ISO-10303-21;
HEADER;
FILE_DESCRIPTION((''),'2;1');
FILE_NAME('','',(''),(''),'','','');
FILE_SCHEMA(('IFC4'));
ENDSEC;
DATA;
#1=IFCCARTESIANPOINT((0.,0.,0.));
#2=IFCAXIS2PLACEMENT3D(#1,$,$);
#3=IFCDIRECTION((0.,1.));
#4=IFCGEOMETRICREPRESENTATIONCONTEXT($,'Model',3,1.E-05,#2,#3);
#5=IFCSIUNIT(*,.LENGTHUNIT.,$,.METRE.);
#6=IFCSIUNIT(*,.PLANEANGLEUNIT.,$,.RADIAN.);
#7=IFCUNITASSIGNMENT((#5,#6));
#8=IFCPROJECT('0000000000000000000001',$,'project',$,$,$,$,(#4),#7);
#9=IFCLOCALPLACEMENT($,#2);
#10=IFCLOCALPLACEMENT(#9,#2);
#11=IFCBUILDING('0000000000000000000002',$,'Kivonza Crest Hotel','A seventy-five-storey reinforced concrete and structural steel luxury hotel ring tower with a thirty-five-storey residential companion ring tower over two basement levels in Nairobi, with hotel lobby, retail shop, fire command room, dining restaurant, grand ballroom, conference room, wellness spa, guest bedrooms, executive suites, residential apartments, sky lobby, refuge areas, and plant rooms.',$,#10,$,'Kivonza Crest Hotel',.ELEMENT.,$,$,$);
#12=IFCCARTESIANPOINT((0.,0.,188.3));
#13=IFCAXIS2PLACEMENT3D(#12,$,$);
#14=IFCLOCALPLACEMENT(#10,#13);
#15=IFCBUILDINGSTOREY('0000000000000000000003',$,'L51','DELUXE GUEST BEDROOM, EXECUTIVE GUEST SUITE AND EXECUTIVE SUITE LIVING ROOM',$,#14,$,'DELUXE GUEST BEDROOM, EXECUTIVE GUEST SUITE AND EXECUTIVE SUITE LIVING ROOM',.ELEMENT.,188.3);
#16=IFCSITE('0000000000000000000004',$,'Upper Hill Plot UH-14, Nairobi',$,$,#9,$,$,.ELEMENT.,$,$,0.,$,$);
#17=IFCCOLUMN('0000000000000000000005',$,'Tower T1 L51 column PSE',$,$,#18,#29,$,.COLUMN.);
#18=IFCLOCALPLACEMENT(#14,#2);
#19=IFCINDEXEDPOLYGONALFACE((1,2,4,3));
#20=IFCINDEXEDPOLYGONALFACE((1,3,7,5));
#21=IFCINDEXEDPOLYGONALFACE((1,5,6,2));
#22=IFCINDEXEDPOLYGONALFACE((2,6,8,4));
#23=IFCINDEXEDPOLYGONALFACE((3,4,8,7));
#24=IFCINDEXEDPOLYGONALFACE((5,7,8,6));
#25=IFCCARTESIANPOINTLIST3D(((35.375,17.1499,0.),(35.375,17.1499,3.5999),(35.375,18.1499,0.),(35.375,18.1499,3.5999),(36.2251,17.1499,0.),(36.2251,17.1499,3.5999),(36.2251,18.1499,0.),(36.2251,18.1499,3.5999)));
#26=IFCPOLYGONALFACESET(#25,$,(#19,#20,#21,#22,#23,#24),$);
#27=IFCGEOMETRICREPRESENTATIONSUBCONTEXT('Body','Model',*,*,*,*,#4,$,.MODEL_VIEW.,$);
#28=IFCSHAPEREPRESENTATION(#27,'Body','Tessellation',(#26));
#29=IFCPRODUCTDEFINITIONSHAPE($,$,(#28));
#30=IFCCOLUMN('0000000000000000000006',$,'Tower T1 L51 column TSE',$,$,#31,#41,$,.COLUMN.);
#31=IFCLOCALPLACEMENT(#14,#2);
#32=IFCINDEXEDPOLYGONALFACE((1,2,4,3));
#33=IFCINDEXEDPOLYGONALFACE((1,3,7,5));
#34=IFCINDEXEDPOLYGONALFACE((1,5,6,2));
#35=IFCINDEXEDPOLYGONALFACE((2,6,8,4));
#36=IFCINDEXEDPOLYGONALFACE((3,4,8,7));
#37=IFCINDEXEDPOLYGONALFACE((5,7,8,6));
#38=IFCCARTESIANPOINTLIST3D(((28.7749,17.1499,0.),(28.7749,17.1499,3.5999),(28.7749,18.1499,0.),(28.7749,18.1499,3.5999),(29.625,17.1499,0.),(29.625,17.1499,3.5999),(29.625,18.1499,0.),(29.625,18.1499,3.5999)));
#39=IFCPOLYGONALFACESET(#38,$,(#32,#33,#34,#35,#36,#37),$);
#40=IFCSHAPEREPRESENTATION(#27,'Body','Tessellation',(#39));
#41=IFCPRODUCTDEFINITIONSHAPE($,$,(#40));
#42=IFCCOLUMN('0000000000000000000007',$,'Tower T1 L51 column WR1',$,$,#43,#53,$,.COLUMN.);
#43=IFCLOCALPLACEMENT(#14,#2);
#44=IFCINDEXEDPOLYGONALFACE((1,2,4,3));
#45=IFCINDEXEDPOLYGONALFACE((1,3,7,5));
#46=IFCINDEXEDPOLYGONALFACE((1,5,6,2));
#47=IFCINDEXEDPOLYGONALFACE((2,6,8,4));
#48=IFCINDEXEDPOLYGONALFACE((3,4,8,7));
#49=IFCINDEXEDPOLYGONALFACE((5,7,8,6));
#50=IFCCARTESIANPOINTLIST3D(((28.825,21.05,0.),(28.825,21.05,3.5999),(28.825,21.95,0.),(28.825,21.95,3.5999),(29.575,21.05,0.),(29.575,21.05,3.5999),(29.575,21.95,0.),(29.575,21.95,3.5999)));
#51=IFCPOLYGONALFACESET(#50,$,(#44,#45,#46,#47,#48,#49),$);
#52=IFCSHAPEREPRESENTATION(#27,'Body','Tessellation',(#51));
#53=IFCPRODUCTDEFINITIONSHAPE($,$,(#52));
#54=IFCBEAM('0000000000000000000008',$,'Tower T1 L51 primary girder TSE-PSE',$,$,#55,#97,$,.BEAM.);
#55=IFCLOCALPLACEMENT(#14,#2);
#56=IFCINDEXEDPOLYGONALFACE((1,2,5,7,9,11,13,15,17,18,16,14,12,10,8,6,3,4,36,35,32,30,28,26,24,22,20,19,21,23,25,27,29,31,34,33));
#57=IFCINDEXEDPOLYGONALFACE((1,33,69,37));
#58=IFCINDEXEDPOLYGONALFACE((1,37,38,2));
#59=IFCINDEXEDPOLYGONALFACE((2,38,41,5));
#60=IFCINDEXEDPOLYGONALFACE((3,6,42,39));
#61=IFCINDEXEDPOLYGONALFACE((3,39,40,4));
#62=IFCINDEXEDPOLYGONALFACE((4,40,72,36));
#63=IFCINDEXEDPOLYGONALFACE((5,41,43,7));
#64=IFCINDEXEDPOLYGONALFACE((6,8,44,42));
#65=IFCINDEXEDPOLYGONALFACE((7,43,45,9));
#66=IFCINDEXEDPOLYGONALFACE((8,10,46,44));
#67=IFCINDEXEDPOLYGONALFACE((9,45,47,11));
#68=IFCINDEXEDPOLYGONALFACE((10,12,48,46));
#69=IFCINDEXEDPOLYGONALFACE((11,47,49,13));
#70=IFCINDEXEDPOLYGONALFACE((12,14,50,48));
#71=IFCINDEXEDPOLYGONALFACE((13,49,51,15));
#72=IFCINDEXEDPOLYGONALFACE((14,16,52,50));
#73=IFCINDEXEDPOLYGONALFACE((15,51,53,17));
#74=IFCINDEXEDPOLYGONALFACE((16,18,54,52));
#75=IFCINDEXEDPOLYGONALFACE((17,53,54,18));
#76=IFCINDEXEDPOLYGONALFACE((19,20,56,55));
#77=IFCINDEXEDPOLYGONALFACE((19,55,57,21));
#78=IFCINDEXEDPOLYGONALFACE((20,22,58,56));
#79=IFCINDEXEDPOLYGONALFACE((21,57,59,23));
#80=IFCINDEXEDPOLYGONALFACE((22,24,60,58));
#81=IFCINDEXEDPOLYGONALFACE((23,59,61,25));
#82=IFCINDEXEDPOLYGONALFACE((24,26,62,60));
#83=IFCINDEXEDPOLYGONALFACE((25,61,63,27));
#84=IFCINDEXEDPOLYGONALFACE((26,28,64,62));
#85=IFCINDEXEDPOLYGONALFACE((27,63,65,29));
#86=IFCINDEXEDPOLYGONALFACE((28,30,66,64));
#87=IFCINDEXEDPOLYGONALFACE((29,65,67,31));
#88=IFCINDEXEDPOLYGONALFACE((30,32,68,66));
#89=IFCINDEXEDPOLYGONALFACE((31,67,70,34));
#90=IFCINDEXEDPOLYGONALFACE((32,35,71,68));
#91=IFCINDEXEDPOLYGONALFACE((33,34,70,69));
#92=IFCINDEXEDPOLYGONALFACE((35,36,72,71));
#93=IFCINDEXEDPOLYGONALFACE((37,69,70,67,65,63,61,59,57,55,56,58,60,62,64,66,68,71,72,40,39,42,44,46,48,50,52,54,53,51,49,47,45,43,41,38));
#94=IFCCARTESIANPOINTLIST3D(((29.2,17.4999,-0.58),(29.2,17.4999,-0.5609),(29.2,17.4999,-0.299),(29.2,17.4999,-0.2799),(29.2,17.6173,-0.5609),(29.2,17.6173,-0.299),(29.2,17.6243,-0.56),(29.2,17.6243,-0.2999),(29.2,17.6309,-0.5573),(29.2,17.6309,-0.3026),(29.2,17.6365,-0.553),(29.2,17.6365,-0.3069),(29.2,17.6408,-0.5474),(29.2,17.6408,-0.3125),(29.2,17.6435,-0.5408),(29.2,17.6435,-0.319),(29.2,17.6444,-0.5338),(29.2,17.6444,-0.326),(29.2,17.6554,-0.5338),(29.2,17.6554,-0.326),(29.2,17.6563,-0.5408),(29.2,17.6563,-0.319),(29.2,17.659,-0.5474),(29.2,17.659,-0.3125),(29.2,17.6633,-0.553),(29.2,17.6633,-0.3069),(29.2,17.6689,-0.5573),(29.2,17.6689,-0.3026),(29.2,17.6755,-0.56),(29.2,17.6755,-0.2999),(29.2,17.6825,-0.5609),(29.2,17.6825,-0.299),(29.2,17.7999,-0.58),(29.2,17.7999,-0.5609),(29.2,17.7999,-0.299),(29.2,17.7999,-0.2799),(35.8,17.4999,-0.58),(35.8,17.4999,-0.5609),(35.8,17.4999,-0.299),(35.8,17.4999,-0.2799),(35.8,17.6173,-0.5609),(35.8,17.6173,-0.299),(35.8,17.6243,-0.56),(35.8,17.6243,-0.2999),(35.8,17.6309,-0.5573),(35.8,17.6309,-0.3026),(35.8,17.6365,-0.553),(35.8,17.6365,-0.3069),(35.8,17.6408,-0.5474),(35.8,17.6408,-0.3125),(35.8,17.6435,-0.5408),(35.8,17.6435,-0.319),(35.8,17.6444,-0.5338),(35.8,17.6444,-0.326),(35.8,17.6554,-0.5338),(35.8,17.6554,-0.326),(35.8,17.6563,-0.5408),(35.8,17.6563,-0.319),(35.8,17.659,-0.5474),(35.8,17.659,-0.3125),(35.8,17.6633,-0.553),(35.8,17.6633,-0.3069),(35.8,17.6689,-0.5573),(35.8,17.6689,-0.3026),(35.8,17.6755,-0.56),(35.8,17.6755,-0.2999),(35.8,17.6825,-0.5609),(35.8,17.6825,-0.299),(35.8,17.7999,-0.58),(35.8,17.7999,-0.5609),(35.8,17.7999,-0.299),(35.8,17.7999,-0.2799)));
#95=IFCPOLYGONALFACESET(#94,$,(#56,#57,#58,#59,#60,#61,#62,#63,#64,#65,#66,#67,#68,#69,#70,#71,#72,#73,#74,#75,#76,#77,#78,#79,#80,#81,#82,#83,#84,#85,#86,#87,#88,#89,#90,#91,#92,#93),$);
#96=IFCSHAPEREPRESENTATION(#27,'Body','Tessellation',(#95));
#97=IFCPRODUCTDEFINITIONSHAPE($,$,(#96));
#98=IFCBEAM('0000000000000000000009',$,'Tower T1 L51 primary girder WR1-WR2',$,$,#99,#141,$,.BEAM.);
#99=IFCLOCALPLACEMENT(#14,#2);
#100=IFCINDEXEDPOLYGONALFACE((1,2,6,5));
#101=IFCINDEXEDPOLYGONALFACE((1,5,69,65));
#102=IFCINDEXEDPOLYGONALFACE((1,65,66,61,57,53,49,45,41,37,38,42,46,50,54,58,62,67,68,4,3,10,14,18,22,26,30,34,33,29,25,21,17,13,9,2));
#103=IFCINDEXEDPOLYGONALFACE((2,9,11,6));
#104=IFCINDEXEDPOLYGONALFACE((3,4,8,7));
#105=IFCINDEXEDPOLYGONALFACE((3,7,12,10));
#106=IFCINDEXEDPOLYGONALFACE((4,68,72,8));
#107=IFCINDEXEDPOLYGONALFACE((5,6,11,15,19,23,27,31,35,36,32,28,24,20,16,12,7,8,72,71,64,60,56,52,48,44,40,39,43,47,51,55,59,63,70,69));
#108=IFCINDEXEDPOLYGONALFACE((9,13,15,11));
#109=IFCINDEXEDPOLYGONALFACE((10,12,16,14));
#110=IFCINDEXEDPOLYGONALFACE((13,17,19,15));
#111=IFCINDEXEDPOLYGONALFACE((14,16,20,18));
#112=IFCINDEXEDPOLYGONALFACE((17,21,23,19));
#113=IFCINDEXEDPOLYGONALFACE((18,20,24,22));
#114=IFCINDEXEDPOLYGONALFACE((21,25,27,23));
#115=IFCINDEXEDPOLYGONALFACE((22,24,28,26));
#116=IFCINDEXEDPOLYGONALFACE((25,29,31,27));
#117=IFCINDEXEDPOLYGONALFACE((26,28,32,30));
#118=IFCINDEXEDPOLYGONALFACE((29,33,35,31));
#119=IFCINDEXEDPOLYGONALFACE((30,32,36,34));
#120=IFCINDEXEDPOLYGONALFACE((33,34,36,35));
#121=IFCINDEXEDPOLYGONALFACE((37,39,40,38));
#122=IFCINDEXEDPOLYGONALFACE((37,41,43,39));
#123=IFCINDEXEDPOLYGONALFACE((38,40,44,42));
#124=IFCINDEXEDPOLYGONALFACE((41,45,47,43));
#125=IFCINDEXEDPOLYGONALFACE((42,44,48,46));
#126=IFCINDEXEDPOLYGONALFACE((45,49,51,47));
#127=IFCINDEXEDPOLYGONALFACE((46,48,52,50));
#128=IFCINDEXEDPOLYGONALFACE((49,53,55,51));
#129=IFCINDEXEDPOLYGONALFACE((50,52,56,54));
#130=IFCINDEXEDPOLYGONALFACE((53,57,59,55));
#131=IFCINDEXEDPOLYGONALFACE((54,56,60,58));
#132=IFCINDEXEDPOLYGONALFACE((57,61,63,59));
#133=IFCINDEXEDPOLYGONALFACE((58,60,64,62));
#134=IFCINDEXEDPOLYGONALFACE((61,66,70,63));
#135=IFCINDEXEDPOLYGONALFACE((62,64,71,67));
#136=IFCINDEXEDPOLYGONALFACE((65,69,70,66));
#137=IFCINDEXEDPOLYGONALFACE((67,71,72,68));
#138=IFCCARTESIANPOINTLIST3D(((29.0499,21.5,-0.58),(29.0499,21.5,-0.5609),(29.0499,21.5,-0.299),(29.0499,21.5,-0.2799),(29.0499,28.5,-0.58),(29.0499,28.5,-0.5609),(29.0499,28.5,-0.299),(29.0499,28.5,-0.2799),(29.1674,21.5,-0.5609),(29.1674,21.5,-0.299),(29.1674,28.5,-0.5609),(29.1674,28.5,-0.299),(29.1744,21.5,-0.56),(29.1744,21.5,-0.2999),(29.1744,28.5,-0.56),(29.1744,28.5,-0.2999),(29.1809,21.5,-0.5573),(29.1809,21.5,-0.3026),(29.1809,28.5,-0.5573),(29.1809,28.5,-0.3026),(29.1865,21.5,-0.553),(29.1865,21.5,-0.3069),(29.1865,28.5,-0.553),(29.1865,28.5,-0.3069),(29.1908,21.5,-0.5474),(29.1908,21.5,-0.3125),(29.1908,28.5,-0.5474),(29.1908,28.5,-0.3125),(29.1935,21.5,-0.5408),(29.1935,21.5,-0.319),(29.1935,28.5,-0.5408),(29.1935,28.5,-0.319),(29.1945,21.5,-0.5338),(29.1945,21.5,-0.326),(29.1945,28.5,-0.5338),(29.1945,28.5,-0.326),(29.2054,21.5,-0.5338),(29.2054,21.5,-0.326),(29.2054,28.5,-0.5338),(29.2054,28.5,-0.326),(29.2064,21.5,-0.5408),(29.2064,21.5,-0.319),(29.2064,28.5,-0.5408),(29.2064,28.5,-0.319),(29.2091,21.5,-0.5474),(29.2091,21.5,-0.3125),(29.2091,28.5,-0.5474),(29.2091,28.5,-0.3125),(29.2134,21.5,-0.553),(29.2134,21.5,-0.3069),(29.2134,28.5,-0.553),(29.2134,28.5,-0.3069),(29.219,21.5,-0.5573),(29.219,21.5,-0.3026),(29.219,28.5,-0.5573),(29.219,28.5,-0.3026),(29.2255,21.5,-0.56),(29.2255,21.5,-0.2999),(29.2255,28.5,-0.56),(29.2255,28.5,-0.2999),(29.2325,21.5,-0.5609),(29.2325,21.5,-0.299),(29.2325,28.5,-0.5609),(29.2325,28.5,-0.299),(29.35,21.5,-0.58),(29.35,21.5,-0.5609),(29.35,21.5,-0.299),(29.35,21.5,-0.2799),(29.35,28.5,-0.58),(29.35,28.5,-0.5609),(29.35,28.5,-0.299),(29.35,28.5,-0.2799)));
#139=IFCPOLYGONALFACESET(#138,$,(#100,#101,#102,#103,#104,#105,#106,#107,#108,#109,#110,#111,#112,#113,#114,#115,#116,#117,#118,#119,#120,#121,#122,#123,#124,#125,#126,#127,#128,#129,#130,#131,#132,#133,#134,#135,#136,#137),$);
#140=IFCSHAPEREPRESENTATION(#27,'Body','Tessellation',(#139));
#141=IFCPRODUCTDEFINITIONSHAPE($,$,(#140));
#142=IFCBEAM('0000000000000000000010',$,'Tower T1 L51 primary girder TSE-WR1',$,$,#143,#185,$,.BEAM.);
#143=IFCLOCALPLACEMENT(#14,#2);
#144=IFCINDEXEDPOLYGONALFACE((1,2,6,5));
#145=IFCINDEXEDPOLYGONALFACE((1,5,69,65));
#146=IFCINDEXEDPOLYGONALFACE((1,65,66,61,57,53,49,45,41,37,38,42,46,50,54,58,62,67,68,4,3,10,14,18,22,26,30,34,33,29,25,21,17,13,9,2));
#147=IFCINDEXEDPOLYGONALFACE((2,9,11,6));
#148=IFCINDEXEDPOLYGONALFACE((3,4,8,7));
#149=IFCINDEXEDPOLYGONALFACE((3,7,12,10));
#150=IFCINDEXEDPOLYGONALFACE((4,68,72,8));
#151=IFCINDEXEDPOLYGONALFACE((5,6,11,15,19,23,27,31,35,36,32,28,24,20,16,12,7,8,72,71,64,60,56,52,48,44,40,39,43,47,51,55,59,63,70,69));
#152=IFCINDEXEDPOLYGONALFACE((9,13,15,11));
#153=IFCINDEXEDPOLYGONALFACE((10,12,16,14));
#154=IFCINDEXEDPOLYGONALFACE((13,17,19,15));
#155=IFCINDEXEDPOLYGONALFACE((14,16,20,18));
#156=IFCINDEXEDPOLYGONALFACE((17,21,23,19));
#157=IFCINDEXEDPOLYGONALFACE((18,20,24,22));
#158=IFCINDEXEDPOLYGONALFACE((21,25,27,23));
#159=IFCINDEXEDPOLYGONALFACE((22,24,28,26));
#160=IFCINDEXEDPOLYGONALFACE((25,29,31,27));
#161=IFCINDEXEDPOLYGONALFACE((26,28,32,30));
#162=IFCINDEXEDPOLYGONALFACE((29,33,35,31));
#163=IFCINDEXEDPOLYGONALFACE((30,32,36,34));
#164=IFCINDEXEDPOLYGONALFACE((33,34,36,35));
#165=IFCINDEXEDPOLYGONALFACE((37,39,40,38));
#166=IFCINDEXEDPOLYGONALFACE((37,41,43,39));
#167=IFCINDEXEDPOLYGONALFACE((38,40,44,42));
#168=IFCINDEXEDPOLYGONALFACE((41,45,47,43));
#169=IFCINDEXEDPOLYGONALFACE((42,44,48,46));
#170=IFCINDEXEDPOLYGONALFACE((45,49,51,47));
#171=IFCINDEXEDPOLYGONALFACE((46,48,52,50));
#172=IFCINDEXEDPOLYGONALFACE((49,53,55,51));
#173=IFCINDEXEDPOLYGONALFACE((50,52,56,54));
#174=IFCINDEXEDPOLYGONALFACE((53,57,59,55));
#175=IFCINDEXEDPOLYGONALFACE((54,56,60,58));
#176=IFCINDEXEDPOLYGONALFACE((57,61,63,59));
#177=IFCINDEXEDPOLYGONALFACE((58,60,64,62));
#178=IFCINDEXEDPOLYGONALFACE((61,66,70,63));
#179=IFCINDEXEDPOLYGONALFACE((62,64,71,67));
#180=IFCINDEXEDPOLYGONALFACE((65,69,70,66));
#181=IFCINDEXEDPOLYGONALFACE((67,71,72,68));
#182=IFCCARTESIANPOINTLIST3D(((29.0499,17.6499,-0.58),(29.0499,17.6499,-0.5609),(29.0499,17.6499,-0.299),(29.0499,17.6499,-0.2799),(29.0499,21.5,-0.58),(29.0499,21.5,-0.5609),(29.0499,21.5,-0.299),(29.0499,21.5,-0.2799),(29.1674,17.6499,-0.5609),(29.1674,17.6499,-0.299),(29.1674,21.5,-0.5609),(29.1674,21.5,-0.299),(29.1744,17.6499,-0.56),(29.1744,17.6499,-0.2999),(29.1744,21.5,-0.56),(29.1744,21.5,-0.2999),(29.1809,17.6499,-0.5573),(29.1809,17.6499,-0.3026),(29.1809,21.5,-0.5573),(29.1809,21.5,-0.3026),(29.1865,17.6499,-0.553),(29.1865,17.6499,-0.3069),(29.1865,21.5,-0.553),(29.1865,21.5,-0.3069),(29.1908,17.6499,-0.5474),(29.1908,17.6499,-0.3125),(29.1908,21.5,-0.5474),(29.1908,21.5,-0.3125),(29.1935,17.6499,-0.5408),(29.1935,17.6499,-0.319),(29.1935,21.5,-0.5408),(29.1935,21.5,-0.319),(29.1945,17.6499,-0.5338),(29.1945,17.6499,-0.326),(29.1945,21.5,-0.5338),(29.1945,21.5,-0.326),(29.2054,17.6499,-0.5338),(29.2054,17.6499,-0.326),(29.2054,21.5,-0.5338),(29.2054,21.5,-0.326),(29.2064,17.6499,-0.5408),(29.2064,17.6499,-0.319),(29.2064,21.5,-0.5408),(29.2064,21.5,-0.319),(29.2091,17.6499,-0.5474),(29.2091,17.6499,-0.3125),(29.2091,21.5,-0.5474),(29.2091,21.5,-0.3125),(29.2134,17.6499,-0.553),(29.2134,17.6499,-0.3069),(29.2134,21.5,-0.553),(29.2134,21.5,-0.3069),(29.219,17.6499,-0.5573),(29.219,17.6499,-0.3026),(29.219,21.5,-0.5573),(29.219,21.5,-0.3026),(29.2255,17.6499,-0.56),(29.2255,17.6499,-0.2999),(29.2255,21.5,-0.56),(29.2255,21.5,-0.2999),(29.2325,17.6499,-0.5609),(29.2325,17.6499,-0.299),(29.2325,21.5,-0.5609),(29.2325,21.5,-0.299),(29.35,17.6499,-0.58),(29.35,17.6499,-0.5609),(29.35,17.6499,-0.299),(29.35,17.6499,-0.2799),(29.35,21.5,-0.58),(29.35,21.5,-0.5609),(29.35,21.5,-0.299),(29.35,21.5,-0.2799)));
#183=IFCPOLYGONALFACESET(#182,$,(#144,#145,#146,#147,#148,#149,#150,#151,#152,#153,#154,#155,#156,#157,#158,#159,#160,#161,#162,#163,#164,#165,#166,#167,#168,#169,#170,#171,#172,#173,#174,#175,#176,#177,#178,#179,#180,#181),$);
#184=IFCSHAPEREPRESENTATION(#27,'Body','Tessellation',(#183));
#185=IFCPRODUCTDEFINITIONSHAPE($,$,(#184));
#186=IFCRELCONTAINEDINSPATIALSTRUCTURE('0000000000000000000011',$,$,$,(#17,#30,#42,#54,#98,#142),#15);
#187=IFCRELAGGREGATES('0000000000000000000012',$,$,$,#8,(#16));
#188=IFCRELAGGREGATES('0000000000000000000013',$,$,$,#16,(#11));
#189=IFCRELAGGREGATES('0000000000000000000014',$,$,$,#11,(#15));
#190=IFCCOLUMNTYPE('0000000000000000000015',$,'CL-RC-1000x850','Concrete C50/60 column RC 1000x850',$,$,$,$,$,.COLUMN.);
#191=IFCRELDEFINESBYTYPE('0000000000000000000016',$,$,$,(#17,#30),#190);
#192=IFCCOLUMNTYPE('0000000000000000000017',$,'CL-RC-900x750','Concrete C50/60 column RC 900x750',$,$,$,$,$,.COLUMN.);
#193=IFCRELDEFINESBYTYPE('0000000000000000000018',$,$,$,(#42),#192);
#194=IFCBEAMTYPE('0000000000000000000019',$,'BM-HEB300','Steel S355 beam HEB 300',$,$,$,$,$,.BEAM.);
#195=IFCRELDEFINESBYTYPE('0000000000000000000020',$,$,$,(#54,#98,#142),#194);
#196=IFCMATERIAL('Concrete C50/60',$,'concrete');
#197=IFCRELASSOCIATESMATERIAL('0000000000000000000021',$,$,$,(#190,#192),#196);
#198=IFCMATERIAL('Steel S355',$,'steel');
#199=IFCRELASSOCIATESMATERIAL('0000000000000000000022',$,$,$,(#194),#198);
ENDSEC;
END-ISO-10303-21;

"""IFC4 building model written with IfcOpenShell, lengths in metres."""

from ifc_helpers import new_model, si_unit, direction, frame, origin, origin_2d, place, context, subcontext, project, spatial, rectangle, i_section, extrude, material, material_profile, profile_set, type_object, element, save


model = new_model("IFC4")

# Units and contexts
model_context = context("Model", 3, precision=1e-05, world=origin(), true_north=direction((0.0, 1.0)))
body_context = subcontext(model_context, "Body", "Model", "MODEL_VIEW")
ifc_project = project(units=[si_unit("LENGTHUNIT", "METRE"), si_unit("PLANEANGLEUNIT", "RADIAN")], contexts=[model_context])

# Site, building, storey
site_placement = place(None, origin())
site = spatial("IfcSite", under=ifc_project, at=site_placement, Name="Upper Hill Plot UH-14, Nairobi", CompositionType="ELEMENT", RefElevation=0.0)
building_placement = place(site_placement, origin())
building = spatial("IfcBuilding", under=site, at=building_placement, Name="Kivonza Crest Hotel", Description="A seventy-five-storey reinforced concrete and structural steel luxury hotel ring tower with a thirty-five-storey residential companion ring tower over two basement levels in Nairobi, with hotel lobby, retail shop, fire command room, dining restaurant, grand ballroom, conference room, wellness spa, guest bedrooms, executive suites, residential apartments, sky lobby, refuge areas, and plant rooms.", LongName="Kivonza Crest Hotel", CompositionType="ELEMENT")
storey_placement = place(building_placement, frame((0.0, 0.0, 188.3)))
storey = spatial("IfcBuildingStorey", under=building, at=storey_placement, Name="L51", Description="DELUXE GUEST BEDROOM, EXECUTIVE GUEST SUITE AND EXECUTIVE SUITE LIVING ROOM", LongName="DELUXE GUEST BEDROOM, EXECUTIVE GUEST SUITE AND EXECUTIVE SUITE LIVING ROOM", CompositionType="ELEMENT", Elevation=188.3)

# Columns
ifc_material_1 = material(Name="Concrete C50/60", Category="concrete")
ifc_material_profile_1 = material_profile(ifc_material_1, rectangle(XDim=0.8501, YDim=1.0, at=origin_2d()), Name="RC 1000x850")
ifc_profile_set_1 = profile_set([ifc_material_profile_1], Name="Concrete C50/60")
column_type_1 = type_object("IfcColumnType", Name="CL-RC-1000x850", Description="Concrete C50/60 column RC 1000x850", PredefinedType="COLUMN", material=ifc_profile_set_1)
for number, where, z_axis, x_axis, name in (
    (1, (35.8, 17.6499, 0.0), (0.0, 0.0, 1.0), (1.0, 0.0, 0.0), "Tower T1 L51 column PSE"),
    (2, (29.2, 17.6499, 0.0), (0.0, 0.0, 1.0), (1.0, 0.0, 0.0), "Tower T1 L51 column TSE"),
):
    element("IfcColumn", number, at=place(storey_placement, frame(where, z_axis=z_axis, x_axis=x_axis)), inside=storey, type_object=column_type_1, Name=name, PredefinedType="COLUMN", context=body_context, shape_type="SweptSolid", body=[
        extrude(rectangle(XDim=0.8501, YDim=1.0, at=origin_2d()), origin(), (0.0, 0.0, 1.0), 3.5999),
    ])
ifc_material_profile_2 = material_profile(ifc_material_1, rectangle(XDim=0.75, YDim=0.8999, at=origin_2d()), Name="RC 900x750")
ifc_profile_set_2 = profile_set([ifc_material_profile_2], Name="Concrete C50/60")
column_type_2 = type_object("IfcColumnType", Name="CL-RC-900x750", Description="Concrete C50/60 column RC 900x750", PredefinedType="COLUMN", material=ifc_profile_set_2)
column_placement = place(storey_placement, frame((29.2, 21.5, 0.0), z_axis=(0.0, 0.0, 1.0), x_axis=(1.0, 0.0, 0.0)))
element("IfcColumn", 3, at=column_placement, inside=storey, type_object=column_type_2, Name="Tower T1 L51 column WR1", PredefinedType="COLUMN", context=body_context, shape_type="SweptSolid", body=[
    extrude(rectangle(XDim=0.75, YDim=0.8999, at=origin_2d()), origin(), (0.0, 0.0, 1.0), 3.5999),
])

# Beams
ifc_material_2 = material(Name="Steel S355", Category="steel")
ifc_material_profile_3 = material_profile(ifc_material_2, i_section(OverallWidth=0.3, OverallDepth=0.3, WebThickness=0.011, FlangeThickness=0.019, FilletRadius=0.0271, at=origin_2d()), Name="HEB 300")
ifc_profile_set_3 = profile_set([ifc_material_profile_3], Name="Steel S355")
beam_type = type_object("IfcBeamType", Name="BM-HEB300", Description="Steel S355 beam HEB 300", PredefinedType="BEAM", material=ifc_profile_set_3)
beam_1_placement = place(storey_placement, frame((29.2, 17.6499, -0.4299), z_axis=(1.0, 0.0, 0.0), x_axis=(0.0, 1.0, 0.0)))
element("IfcBeam", 4, at=beam_1_placement, inside=storey, type_object=beam_type, Name="Tower T1 L51 primary girder TSE-PSE", PredefinedType="BEAM", context=body_context, shape_type="SweptSolid", body=[
    extrude(i_section(OverallWidth=0.3, OverallDepth=0.3, WebThickness=0.011, FlangeThickness=0.019, FilletRadius=0.0271, at=origin_2d()), origin(), (0.0, 0.0, 1.0), 6.6001),
])
beam_2_placement = place(storey_placement, frame((29.2, 21.5, -0.4299), z_axis=(0.0, 1.0, 0.0), x_axis=(-1.0, 0.0, 0.0)))
element("IfcBeam", 5, at=beam_2_placement, inside=storey, type_object=beam_type, Name="Tower T1 L51 primary girder WR1-WR2", PredefinedType="BEAM", context=body_context, shape_type="SweptSolid", body=[
    extrude(i_section(OverallWidth=0.3, OverallDepth=0.3, WebThickness=0.011, FlangeThickness=0.019, FilletRadius=0.0271, at=origin_2d()), origin(), (0.0, 0.0, 1.0), 7.0),
])
beam_3_placement = place(storey_placement, frame((29.2, 17.6499, -0.4299), z_axis=(0.0, 1.0, 0.0), x_axis=(-1.0, 0.0, 0.0)))
element("IfcBeam", 6, at=beam_3_placement, inside=storey, type_object=beam_type, Name="Tower T1 L51 primary girder TSE-WR1", PredefinedType="BEAM", context=body_context, shape_type="SweptSolid", body=[
    extrude(i_section(OverallWidth=0.3, OverallDepth=0.3, WebThickness=0.011, FlangeThickness=0.019, FilletRadius=0.0271, at=origin_2d()), origin(), (0.0, 0.0, 1.0), 3.8501),
])

save(model, "model.ifc")
